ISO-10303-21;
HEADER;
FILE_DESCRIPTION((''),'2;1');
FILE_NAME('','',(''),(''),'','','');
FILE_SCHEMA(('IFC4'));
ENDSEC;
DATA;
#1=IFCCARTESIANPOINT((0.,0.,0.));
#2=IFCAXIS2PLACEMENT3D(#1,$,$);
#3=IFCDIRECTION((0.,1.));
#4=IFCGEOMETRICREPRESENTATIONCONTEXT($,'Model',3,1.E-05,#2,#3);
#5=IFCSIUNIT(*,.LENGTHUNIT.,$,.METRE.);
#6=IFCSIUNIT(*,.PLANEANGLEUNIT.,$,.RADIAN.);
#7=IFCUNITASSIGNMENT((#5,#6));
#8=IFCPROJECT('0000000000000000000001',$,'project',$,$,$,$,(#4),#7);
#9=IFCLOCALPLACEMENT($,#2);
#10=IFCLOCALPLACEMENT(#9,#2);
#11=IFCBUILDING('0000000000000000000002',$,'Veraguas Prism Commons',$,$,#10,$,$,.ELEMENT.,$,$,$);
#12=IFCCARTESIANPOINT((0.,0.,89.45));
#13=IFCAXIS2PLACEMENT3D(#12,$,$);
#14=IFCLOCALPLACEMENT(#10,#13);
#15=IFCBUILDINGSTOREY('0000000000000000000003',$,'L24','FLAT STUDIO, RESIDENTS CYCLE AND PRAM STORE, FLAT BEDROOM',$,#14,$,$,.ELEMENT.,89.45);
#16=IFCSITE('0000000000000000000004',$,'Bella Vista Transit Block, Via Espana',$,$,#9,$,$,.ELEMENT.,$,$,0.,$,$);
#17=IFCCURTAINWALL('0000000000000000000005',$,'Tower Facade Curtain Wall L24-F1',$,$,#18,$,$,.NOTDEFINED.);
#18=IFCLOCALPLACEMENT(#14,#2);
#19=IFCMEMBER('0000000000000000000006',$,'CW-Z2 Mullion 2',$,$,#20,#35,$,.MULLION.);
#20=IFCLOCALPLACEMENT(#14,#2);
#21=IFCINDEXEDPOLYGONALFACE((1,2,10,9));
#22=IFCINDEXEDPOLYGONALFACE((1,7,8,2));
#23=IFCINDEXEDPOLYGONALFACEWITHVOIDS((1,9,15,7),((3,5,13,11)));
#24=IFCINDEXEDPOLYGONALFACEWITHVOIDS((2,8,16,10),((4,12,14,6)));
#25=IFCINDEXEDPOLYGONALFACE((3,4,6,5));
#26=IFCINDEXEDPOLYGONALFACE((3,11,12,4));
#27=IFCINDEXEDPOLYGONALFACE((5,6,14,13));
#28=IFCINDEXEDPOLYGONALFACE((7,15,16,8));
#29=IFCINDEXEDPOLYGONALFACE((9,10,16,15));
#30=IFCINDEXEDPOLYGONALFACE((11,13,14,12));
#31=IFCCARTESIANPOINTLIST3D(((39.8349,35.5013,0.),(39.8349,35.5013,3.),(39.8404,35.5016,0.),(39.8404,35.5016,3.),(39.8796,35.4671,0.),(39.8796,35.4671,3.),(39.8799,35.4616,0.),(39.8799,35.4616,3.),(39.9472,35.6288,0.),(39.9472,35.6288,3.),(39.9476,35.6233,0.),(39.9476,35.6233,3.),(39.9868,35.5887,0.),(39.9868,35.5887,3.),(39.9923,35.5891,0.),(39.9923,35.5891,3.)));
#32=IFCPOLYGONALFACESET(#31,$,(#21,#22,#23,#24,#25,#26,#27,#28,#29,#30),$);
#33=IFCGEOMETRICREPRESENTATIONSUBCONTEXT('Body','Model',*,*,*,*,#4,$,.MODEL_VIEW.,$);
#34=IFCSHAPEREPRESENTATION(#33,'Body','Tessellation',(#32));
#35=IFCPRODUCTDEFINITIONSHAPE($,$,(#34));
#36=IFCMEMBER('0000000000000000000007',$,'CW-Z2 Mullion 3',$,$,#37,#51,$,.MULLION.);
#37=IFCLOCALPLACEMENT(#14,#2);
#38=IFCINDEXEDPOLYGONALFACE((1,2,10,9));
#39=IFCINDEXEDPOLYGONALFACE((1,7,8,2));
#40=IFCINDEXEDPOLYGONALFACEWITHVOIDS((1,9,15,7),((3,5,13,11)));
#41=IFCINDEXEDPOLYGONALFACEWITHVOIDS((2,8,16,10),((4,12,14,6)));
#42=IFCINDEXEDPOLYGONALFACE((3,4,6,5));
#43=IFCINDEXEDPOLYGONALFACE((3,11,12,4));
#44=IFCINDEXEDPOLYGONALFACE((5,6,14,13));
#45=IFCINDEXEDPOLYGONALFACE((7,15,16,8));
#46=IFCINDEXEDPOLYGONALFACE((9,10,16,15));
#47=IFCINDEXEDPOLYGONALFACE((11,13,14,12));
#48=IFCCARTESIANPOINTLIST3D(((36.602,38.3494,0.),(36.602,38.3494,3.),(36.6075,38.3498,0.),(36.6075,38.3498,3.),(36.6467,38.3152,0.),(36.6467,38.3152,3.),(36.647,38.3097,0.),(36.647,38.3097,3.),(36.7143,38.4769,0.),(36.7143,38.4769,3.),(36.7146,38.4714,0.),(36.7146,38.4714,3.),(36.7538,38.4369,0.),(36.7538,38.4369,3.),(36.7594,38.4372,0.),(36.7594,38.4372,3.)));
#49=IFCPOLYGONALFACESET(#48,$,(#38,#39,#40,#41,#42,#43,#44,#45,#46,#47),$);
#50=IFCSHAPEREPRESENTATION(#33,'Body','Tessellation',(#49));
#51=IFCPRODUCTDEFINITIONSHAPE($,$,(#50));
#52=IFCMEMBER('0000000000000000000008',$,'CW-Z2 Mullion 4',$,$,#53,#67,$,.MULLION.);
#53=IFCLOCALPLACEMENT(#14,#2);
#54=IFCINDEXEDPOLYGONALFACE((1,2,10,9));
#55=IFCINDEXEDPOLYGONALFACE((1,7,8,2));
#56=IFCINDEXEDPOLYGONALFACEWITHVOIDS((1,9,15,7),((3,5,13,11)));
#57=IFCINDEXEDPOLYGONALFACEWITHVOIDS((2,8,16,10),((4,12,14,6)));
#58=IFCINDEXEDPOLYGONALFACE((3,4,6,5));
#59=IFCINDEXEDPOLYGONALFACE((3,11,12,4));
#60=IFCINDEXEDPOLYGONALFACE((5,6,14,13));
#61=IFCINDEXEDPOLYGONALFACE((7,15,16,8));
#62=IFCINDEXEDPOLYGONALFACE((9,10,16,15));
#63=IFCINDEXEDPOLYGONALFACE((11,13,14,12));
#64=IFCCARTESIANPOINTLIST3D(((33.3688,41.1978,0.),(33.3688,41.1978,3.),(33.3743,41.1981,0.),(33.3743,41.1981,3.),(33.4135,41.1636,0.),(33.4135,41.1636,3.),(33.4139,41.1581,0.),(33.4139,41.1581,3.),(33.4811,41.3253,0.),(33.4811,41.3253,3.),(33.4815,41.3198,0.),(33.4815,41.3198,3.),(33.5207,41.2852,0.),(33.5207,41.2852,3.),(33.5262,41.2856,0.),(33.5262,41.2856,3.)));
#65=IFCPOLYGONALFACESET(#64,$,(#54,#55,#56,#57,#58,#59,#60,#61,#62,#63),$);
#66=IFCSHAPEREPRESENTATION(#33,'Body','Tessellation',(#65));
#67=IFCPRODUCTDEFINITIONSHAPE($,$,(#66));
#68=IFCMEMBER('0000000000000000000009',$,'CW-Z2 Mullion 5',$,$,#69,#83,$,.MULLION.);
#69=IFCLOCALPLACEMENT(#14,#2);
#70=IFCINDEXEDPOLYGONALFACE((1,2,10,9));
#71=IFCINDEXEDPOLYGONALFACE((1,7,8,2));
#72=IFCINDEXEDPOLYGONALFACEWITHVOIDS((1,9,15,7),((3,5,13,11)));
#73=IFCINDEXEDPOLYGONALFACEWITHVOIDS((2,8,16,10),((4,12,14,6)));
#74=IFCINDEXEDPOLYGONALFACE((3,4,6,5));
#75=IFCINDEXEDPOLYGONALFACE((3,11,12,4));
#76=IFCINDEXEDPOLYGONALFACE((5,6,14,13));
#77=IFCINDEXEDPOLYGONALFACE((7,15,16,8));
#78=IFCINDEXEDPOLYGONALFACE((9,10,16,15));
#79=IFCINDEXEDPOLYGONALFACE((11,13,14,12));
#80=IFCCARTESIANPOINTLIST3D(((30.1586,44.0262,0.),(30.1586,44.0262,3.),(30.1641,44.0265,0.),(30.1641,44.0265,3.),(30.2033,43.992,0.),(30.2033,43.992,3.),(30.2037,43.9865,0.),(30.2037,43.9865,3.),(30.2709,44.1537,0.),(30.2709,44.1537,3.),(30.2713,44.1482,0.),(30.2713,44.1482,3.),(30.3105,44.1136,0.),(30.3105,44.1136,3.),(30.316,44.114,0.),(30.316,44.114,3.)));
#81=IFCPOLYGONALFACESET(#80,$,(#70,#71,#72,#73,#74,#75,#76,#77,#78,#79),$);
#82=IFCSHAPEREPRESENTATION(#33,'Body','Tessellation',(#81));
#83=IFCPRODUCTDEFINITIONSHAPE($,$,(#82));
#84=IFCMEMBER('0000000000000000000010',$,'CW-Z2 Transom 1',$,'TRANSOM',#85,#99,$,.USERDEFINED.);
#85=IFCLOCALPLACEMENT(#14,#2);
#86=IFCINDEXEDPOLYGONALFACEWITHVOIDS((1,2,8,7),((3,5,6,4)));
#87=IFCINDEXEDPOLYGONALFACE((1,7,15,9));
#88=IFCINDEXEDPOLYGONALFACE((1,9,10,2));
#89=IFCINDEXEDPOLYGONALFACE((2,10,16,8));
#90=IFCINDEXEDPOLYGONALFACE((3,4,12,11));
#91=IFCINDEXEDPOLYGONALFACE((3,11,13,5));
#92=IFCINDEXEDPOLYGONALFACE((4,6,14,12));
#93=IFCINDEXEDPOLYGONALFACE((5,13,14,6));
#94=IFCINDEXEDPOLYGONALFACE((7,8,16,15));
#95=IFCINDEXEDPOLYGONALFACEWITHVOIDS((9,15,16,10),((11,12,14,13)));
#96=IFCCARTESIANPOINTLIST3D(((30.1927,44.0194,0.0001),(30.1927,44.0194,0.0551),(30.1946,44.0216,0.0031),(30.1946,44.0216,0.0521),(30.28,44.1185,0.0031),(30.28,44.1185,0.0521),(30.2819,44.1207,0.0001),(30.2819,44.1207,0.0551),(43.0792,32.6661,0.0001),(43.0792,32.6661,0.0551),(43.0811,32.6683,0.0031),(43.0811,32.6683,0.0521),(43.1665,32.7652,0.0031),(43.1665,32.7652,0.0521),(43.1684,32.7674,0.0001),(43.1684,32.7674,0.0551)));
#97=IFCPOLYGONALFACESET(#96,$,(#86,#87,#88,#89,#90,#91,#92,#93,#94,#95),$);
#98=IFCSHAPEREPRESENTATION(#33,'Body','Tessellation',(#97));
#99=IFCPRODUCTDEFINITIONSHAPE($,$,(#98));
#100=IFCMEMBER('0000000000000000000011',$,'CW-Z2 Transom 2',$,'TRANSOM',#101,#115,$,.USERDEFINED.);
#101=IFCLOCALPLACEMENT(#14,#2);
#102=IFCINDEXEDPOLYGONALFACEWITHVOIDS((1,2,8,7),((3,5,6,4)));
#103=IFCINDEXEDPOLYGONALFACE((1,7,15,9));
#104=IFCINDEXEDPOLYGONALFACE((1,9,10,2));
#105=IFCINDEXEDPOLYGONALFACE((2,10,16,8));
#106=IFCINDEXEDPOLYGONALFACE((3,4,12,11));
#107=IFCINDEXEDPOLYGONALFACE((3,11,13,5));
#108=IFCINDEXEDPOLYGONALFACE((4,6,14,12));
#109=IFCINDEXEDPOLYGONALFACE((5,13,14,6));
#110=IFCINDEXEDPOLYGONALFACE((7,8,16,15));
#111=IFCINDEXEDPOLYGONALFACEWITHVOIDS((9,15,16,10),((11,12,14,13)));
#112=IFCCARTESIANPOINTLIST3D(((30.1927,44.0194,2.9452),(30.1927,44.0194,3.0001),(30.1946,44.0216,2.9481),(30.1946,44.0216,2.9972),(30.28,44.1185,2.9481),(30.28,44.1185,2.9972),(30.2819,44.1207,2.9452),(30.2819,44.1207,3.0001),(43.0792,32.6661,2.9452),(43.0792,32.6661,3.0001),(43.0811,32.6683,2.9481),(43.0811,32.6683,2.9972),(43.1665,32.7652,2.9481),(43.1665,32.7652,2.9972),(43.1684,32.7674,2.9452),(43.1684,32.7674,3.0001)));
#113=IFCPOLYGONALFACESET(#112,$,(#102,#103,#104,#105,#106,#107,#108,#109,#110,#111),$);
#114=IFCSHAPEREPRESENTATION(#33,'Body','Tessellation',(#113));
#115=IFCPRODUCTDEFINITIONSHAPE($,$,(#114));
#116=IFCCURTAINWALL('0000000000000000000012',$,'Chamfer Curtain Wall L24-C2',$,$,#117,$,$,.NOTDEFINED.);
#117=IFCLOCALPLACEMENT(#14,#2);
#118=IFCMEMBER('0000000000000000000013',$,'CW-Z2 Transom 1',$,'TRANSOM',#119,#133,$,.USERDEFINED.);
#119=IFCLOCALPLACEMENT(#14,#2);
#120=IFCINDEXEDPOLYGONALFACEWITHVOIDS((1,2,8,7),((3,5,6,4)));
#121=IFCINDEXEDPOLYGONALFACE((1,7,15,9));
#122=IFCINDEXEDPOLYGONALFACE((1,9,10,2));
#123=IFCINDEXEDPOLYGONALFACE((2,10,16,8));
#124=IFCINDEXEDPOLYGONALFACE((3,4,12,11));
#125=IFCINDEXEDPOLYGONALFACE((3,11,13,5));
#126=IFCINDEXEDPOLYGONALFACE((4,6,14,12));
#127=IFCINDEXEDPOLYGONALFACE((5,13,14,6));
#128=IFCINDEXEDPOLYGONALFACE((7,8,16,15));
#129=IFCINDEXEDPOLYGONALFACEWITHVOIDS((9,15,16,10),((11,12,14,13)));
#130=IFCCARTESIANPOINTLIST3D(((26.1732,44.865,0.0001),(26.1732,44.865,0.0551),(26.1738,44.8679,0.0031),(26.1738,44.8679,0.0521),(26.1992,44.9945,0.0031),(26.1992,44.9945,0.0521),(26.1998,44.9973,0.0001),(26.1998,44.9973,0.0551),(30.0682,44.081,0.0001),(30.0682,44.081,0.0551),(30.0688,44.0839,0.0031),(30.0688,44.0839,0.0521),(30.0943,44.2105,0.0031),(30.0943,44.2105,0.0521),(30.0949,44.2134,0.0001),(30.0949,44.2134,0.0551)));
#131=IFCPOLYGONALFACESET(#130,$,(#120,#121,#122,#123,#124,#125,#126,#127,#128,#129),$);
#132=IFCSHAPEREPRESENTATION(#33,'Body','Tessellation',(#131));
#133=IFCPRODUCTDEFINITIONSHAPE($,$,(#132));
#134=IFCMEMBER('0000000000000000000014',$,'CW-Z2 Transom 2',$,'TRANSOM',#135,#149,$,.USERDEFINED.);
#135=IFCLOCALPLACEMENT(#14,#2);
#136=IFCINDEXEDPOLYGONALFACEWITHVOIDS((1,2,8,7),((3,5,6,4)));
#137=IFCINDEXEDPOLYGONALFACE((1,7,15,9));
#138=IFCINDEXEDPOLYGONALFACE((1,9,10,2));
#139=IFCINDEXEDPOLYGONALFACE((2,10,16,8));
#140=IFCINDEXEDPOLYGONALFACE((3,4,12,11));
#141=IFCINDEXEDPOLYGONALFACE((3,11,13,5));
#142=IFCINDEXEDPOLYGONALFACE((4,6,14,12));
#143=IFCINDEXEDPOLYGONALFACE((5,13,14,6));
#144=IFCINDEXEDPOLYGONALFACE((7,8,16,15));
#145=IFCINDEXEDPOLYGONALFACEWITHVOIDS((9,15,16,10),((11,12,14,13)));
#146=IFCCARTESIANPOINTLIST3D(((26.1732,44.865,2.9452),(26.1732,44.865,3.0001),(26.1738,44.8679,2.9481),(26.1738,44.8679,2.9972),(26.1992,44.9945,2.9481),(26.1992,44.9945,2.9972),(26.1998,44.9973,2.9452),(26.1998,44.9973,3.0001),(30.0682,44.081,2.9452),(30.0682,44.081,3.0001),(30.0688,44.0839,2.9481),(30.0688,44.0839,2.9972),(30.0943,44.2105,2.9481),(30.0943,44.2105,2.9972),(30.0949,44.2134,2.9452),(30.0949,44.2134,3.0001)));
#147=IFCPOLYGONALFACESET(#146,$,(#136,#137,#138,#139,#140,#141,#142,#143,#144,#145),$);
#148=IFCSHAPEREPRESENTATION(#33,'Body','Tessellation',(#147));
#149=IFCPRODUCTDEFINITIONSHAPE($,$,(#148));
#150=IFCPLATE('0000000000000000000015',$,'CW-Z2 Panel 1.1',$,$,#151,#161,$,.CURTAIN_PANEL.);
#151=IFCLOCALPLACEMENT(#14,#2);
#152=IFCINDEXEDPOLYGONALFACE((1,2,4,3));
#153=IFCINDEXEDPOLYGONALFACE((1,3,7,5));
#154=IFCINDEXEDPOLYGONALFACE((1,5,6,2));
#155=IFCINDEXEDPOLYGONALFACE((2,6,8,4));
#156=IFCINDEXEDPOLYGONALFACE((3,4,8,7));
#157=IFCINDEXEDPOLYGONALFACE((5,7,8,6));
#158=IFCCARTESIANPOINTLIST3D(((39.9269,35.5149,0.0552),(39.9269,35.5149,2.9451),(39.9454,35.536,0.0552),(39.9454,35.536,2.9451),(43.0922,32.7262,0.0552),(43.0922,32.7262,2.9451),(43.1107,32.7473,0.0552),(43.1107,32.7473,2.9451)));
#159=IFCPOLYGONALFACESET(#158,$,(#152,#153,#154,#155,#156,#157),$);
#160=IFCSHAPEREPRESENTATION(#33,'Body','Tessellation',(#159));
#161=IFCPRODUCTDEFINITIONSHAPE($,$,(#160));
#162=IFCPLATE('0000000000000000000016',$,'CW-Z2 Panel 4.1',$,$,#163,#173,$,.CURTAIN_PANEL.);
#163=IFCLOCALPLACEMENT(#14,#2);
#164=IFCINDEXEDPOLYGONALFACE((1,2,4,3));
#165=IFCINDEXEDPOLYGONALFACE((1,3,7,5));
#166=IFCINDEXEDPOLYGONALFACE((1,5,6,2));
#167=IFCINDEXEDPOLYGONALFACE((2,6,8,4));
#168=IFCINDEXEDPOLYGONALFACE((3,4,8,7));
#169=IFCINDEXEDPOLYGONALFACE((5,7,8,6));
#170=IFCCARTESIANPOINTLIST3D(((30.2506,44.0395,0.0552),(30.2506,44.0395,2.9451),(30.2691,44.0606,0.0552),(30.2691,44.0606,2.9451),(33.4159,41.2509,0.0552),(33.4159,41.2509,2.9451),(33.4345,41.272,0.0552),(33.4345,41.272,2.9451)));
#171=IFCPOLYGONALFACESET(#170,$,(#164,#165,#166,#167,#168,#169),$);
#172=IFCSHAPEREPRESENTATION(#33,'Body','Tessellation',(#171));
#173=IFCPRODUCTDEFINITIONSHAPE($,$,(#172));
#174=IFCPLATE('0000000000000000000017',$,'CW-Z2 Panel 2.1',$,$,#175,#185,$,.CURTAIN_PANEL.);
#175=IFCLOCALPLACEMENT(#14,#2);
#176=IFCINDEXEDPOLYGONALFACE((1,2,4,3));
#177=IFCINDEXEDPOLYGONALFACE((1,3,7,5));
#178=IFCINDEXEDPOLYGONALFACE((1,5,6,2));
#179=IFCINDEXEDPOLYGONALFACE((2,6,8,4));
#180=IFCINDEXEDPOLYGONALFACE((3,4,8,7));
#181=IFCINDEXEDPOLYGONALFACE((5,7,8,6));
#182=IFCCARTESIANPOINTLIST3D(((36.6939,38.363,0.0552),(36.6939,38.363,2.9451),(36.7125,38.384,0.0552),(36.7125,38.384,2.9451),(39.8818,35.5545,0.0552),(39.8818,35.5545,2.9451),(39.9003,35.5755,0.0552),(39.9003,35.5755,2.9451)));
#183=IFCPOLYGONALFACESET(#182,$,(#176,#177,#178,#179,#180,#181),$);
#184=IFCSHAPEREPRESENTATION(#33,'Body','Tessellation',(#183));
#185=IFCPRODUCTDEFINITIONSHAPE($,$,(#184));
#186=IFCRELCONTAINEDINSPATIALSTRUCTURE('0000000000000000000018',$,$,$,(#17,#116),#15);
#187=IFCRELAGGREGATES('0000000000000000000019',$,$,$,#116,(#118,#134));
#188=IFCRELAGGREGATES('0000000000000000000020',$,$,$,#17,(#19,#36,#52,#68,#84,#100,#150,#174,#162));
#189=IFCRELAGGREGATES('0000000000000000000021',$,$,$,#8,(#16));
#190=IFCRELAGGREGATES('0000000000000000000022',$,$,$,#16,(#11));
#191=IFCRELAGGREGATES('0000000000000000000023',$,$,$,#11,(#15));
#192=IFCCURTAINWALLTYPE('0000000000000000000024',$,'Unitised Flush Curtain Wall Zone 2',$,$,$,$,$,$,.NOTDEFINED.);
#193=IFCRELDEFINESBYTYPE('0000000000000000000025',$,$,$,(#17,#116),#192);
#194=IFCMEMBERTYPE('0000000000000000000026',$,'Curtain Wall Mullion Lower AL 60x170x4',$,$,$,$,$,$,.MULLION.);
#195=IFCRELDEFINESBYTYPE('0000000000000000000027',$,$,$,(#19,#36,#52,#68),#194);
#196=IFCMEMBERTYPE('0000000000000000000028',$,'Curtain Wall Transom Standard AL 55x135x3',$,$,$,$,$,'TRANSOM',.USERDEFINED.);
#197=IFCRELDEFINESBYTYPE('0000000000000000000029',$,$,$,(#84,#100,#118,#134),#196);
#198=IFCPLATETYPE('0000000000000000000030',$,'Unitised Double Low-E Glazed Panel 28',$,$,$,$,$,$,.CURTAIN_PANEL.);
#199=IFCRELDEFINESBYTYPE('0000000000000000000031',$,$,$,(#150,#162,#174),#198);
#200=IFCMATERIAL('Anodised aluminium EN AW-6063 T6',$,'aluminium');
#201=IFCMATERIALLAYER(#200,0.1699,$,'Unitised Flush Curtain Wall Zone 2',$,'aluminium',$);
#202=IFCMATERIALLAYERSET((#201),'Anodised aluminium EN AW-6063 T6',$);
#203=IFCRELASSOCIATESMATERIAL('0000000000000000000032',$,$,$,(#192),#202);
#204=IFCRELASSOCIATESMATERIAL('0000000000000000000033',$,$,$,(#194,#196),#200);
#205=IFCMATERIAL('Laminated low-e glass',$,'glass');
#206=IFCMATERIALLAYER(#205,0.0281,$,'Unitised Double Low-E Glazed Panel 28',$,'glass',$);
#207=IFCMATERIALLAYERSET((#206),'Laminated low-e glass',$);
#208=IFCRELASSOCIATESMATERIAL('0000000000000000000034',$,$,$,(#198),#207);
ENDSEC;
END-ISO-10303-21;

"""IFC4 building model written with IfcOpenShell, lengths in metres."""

from ifc_helpers import new_model, si_unit, direction, frame, origin, origin_2d, place, context, subcontext, project, spatial, rectangle, hollow_rectangle, extrude, source, transform, mapped, material, layer, layer_set, material_profile, profile_set, type_object, element, aggregate, save


model = new_model("IFC4")

# Units and contexts
model_context = context("Model", 3, precision=1e-05, world=origin(), true_north=direction((0.0, 1.0)))
body_context = subcontext(model_context, "Body", "Model", "MODEL_VIEW")
ifc_project = project(units=[si_unit("LENGTHUNIT", "METRE"), si_unit("PLANEANGLEUNIT", "RADIAN")], contexts=[model_context])

# Site, building, storey
site_placement = place(None, origin())
site = spatial("IfcSite", under=ifc_project, at=site_placement, Name="Bella Vista Transit Block, Via Espana", CompositionType="ELEMENT", RefElevation=0.0)
building_placement = place(site_placement, origin())
building = spatial("IfcBuilding", under=site, at=building_placement, Name="Veraguas Prism Commons", CompositionType="ELEMENT")
storey_placement = place(building_placement, frame((0.0, 0.0, 89.45)))
storey = spatial("IfcBuildingStorey", under=building, at=storey_placement, Name="L24", Description="FLAT STUDIO, RESIDENTS CYCLE AND PRAM STORE, FLAT BEDROOM", CompositionType="ELEMENT", Elevation=89.45)

# Curtain walls, members
ifc_material_1 = material(Name="Anodised aluminium EN AW-6063 T6", Category="aluminium")
ifc_layer_1 = layer(ifc_material_1, 0.1699, Name="Unitised Flush Curtain Wall Zone 2", Category="aluminium")
ifc_layer_set_1 = layer_set([ifc_layer_1], Name="Anodised aluminium EN AW-6063 T6")
curtain_wall_type = type_object("IfcCurtainWallType", Name="Unitised Flush Curtain Wall Zone 2", PredefinedType="NOTDEFINED", material=ifc_layer_set_1)
curtain_wall_1_placement = place(storey_placement, origin())
curtain_wall_1 = element("IfcCurtainWall", 1, at=curtain_wall_1_placement, inside=storey, type_object=curtain_wall_type, Name="Tower Facade Curtain Wall L24-F1", PredefinedType="NOTDEFINED")
ifc_material_profile_1 = material_profile(ifc_material_1, hollow_rectangle(XDim=0.0601, YDim=0.1699, WallThickness=0.0039, at=origin_2d()), Name="AL60X170X4")
ifc_profile_set_1 = profile_set([ifc_material_profile_1], Name="Anodised aluminium EN AW-6063 T6")
member_type_1 = type_object("IfcMemberType", Name="Curtain Wall Mullion Lower AL 60x170x4", PredefinedType="MULLION", material=ifc_profile_set_1)
shared_shape_1 = source(origin(), body_context, "Body", "SweptSolid", [
    extrude(hollow_rectangle(XDim=0.0601, YDim=0.1699, WallThickness=0.0039, at=origin_2d()), origin(), (0.0, 0.0, 1.0), 3.0),
])
member_1_placement = place(storey_placement, frame((39.9136, 35.5452, 0.0), z_axis=(0.0, 0.0, 1.0), x_axis=(-0.750342, 0.66105, 0.0)))
member_1 = element("IfcMember", 2, at=member_1_placement, type_object=member_type_1, Name="CW-Z2 Mullion 2", PredefinedType="MULLION", context=body_context, shape_type="MappedRepresentation", body=[
    mapped(shared_shape_1, transform((0.0, 0.0, 0.0), scale=1.0)),
])
member_2_placement = place(storey_placement, frame((36.6807, 38.3933, 0.0), z_axis=(0.0, 0.0, 1.0), x_axis=(-0.750342, 0.66105, 0.0)))
member_2 = element("IfcMember", 3, at=member_2_placement, type_object=member_type_1, Name="CW-Z2 Mullion 3", PredefinedType="MULLION", context=body_context, shape_type="MappedRepresentation", body=[
    mapped(shared_shape_1, transform((0.0, 0.0, 0.0), scale=1.0)),
])
member_3_placement = place(storey_placement, frame((33.4475, 41.2417, 0.0), z_axis=(0.0, 0.0, 1.0), x_axis=(-0.750342, 0.66105, 0.0)))
member_3 = element("IfcMember", 4, at=member_3_placement, type_object=member_type_1, Name="CW-Z2 Mullion 4", PredefinedType="MULLION", context=body_context, shape_type="MappedRepresentation", body=[
    mapped(shared_shape_1, transform((0.0, 0.0, 0.0), scale=1.0)),
])
member_4_placement = place(storey_placement, frame((30.2373, 44.0701, 0.0), z_axis=(0.0, 0.0, 1.0), x_axis=(-0.750342, 0.66105, 0.0)))
member_4 = element("IfcMember", 5, at=member_4_placement, type_object=member_type_1, Name="CW-Z2 Mullion 5", PredefinedType="MULLION", context=body_context, shape_type="MappedRepresentation", body=[
    mapped(shared_shape_1, transform((0.0, 0.0, 0.0), scale=1.0)),
])
ifc_material_profile_2 = material_profile(ifc_material_1, hollow_rectangle(XDim=0.0549, YDim=0.135, WallThickness=0.0029, at=origin_2d()), Name="AL55X135X3")
ifc_profile_set_2 = profile_set([ifc_material_profile_2], Name="Anodised aluminium EN AW-6063 T6")
member_type_2 = type_object("IfcMemberType", Name="Curtain Wall Transom Standard AL 55x135x3", ElementType="TRANSOM", PredefinedType="USERDEFINED", material=ifc_profile_set_2)
shared_shape_2 = source(origin(), body_context, "Body", "SweptSolid", [
    extrude(hollow_rectangle(XDim=0.0549, YDim=0.135, WallThickness=0.0029, at=origin_2d()), origin(), (0.0, 0.0, 1.0), 17.1743),
])
member_5_placement = place(storey_placement, frame((43.1238, 32.7168, 0.0276), z_axis=(-0.750333, 0.66106, 0.0), x_axis=(0.0, 0.0, 1.0)))
member_5 = element("IfcMember", 6, at=member_5_placement, type_object=member_type_2, Name="CW-Z2 Transom 1", ObjectType="TRANSOM", PredefinedType="USERDEFINED", context=body_context, shape_type="MappedRepresentation", body=[
    mapped(shared_shape_2, transform((0.0, 0.0, 0.0), scale=1.0)),
])
member_6_placement = place(storey_placement, frame((43.1238, 32.7168, 2.9727), z_axis=(-0.750333, 0.66106, 0.0), x_axis=(0.0, 0.0, 1.0)))
member_6 = element("IfcMember", 7, at=member_6_placement, type_object=member_type_2, Name="CW-Z2 Transom 2", ObjectType="TRANSOM", PredefinedType="USERDEFINED", context=body_context, shape_type="MappedRepresentation", body=[
    mapped(shared_shape_2, transform((0.0, 0.0, 0.0), scale=1.0)),
])
curtain_wall_2_placement = place(storey_placement, origin())
curtain_wall_2 = element("IfcCurtainWall", 8, at=curtain_wall_2_placement, inside=storey, type_object=curtain_wall_type, Name="Chamfer Curtain Wall L24-C2", PredefinedType="NOTDEFINED")
shared_shape_3 = source(origin(), body_context, "Body", "SweptSolid", [
    extrude(hollow_rectangle(XDim=0.0549, YDim=0.135, WallThickness=0.0029, at=origin_2d()), origin(), (0.0, 0.0, 1.0), 3.9731),
])
member_7_placement = place(storey_placement, frame((30.0815, 44.1472, 0.0276), z_axis=(-0.980341, 0.197309, 0.0), x_axis=(0.0, 0.0, 1.0)))
member_7 = element("IfcMember", 9, at=member_7_placement, type_object=member_type_2, Name="CW-Z2 Transom 1", ObjectType="TRANSOM", PredefinedType="USERDEFINED", context=body_context, shape_type="MappedRepresentation", body=[
    mapped(shared_shape_3, transform((0.0, 0.0, 0.0), scale=1.0)),
])
member_8_placement = place(storey_placement, frame((30.0815, 44.1472, 2.9727), z_axis=(-0.980341, 0.197309, 0.0), x_axis=(0.0, 0.0, 1.0)))
member_8 = element("IfcMember", 10, at=member_8_placement, type_object=member_type_2, Name="CW-Z2 Transom 2", ObjectType="TRANSOM", PredefinedType="USERDEFINED", context=body_context, shape_type="MappedRepresentation", body=[
    mapped(shared_shape_3, transform((0.0, 0.0, 0.0), scale=1.0)),
])
aggregate(curtain_wall_2, [member_7, member_8])

# Plates
ifc_material_2 = material(Name="Laminated low-e glass", Category="glass")
ifc_layer_2 = layer(ifc_material_2, 0.0281, Name="Unitised Double Low-E Glazed Panel 28", Category="glass")
ifc_layer_set_2 = layer_set([ifc_layer_2], Name="Laminated low-e glass")
plate_type = type_object("IfcPlateType", Name="Unitised Double Low-E Glazed Panel 28", PredefinedType="CURTAIN_PANEL", material=ifc_layer_set_2)
shared_shape_4 = source(origin(), body_context, "Body", "SweptSolid", [
    extrude(rectangle(XDim=4.2185, YDim=0.0281, at=origin_2d()), origin(), (0.0, 0.0, 1.0), 2.8899),
])
plate_1_placement = place(storey_placement, frame((41.5188, 34.1311, 0.0552), z_axis=(0.0, 0.0, 1.0), x_axis=(-0.750342, 0.66105, 0.0)))
plate_1 = element("IfcPlate", 11, at=plate_1_placement, type_object=plate_type, Name="CW-Z2 Panel 1.1", PredefinedType="CURTAIN_PANEL", context=body_context, shape_type="MappedRepresentation", body=[
    mapped(shared_shape_4, transform((0.0, 0.0, 0.0), scale=1.0)),
])
plate_2_placement = place(storey_placement, frame((31.8425, 42.6558, 0.0552), z_axis=(0.0, 0.0, 1.0), x_axis=(-0.750342, 0.66105, 0.0)))
plate_2 = element("IfcPlate", 12, at=plate_2_placement, type_object=plate_type, Name="CW-Z2 Panel 4.1", PredefinedType="CURTAIN_PANEL", context=body_context, shape_type="MappedRepresentation", body=[
    mapped(shared_shape_4, transform((0.0, 0.0, 0.0), scale=1.0)),
])
shared_shape_5 = source(origin(), body_context, "Body", "SweptSolid", [
    extrude(rectangle(XDim=4.2485, YDim=0.0281, at=origin_2d()), origin(), (0.0, 0.0, 1.0), 2.8899),
])
plate_3_placement = place(storey_placement, frame((38.2971, 36.9692, 0.0552), z_axis=(0.0, 0.0, 1.0), x_axis=(-0.750342, 0.66105, 0.0)))
plate_3 = element("IfcPlate", 13, at=plate_3_placement, type_object=plate_type, Name="CW-Z2 Panel 2.1", PredefinedType="CURTAIN_PANEL", context=body_context, shape_type="MappedRepresentation", body=[
    mapped(shared_shape_5, transform((0.0, 0.0, 0.0), scale=1.0)),
])
aggregate(curtain_wall_1, [member_1, member_2, member_3, member_4, member_5, member_6, plate_1, plate_3, plate_2])

save(model, "model.ifc")
